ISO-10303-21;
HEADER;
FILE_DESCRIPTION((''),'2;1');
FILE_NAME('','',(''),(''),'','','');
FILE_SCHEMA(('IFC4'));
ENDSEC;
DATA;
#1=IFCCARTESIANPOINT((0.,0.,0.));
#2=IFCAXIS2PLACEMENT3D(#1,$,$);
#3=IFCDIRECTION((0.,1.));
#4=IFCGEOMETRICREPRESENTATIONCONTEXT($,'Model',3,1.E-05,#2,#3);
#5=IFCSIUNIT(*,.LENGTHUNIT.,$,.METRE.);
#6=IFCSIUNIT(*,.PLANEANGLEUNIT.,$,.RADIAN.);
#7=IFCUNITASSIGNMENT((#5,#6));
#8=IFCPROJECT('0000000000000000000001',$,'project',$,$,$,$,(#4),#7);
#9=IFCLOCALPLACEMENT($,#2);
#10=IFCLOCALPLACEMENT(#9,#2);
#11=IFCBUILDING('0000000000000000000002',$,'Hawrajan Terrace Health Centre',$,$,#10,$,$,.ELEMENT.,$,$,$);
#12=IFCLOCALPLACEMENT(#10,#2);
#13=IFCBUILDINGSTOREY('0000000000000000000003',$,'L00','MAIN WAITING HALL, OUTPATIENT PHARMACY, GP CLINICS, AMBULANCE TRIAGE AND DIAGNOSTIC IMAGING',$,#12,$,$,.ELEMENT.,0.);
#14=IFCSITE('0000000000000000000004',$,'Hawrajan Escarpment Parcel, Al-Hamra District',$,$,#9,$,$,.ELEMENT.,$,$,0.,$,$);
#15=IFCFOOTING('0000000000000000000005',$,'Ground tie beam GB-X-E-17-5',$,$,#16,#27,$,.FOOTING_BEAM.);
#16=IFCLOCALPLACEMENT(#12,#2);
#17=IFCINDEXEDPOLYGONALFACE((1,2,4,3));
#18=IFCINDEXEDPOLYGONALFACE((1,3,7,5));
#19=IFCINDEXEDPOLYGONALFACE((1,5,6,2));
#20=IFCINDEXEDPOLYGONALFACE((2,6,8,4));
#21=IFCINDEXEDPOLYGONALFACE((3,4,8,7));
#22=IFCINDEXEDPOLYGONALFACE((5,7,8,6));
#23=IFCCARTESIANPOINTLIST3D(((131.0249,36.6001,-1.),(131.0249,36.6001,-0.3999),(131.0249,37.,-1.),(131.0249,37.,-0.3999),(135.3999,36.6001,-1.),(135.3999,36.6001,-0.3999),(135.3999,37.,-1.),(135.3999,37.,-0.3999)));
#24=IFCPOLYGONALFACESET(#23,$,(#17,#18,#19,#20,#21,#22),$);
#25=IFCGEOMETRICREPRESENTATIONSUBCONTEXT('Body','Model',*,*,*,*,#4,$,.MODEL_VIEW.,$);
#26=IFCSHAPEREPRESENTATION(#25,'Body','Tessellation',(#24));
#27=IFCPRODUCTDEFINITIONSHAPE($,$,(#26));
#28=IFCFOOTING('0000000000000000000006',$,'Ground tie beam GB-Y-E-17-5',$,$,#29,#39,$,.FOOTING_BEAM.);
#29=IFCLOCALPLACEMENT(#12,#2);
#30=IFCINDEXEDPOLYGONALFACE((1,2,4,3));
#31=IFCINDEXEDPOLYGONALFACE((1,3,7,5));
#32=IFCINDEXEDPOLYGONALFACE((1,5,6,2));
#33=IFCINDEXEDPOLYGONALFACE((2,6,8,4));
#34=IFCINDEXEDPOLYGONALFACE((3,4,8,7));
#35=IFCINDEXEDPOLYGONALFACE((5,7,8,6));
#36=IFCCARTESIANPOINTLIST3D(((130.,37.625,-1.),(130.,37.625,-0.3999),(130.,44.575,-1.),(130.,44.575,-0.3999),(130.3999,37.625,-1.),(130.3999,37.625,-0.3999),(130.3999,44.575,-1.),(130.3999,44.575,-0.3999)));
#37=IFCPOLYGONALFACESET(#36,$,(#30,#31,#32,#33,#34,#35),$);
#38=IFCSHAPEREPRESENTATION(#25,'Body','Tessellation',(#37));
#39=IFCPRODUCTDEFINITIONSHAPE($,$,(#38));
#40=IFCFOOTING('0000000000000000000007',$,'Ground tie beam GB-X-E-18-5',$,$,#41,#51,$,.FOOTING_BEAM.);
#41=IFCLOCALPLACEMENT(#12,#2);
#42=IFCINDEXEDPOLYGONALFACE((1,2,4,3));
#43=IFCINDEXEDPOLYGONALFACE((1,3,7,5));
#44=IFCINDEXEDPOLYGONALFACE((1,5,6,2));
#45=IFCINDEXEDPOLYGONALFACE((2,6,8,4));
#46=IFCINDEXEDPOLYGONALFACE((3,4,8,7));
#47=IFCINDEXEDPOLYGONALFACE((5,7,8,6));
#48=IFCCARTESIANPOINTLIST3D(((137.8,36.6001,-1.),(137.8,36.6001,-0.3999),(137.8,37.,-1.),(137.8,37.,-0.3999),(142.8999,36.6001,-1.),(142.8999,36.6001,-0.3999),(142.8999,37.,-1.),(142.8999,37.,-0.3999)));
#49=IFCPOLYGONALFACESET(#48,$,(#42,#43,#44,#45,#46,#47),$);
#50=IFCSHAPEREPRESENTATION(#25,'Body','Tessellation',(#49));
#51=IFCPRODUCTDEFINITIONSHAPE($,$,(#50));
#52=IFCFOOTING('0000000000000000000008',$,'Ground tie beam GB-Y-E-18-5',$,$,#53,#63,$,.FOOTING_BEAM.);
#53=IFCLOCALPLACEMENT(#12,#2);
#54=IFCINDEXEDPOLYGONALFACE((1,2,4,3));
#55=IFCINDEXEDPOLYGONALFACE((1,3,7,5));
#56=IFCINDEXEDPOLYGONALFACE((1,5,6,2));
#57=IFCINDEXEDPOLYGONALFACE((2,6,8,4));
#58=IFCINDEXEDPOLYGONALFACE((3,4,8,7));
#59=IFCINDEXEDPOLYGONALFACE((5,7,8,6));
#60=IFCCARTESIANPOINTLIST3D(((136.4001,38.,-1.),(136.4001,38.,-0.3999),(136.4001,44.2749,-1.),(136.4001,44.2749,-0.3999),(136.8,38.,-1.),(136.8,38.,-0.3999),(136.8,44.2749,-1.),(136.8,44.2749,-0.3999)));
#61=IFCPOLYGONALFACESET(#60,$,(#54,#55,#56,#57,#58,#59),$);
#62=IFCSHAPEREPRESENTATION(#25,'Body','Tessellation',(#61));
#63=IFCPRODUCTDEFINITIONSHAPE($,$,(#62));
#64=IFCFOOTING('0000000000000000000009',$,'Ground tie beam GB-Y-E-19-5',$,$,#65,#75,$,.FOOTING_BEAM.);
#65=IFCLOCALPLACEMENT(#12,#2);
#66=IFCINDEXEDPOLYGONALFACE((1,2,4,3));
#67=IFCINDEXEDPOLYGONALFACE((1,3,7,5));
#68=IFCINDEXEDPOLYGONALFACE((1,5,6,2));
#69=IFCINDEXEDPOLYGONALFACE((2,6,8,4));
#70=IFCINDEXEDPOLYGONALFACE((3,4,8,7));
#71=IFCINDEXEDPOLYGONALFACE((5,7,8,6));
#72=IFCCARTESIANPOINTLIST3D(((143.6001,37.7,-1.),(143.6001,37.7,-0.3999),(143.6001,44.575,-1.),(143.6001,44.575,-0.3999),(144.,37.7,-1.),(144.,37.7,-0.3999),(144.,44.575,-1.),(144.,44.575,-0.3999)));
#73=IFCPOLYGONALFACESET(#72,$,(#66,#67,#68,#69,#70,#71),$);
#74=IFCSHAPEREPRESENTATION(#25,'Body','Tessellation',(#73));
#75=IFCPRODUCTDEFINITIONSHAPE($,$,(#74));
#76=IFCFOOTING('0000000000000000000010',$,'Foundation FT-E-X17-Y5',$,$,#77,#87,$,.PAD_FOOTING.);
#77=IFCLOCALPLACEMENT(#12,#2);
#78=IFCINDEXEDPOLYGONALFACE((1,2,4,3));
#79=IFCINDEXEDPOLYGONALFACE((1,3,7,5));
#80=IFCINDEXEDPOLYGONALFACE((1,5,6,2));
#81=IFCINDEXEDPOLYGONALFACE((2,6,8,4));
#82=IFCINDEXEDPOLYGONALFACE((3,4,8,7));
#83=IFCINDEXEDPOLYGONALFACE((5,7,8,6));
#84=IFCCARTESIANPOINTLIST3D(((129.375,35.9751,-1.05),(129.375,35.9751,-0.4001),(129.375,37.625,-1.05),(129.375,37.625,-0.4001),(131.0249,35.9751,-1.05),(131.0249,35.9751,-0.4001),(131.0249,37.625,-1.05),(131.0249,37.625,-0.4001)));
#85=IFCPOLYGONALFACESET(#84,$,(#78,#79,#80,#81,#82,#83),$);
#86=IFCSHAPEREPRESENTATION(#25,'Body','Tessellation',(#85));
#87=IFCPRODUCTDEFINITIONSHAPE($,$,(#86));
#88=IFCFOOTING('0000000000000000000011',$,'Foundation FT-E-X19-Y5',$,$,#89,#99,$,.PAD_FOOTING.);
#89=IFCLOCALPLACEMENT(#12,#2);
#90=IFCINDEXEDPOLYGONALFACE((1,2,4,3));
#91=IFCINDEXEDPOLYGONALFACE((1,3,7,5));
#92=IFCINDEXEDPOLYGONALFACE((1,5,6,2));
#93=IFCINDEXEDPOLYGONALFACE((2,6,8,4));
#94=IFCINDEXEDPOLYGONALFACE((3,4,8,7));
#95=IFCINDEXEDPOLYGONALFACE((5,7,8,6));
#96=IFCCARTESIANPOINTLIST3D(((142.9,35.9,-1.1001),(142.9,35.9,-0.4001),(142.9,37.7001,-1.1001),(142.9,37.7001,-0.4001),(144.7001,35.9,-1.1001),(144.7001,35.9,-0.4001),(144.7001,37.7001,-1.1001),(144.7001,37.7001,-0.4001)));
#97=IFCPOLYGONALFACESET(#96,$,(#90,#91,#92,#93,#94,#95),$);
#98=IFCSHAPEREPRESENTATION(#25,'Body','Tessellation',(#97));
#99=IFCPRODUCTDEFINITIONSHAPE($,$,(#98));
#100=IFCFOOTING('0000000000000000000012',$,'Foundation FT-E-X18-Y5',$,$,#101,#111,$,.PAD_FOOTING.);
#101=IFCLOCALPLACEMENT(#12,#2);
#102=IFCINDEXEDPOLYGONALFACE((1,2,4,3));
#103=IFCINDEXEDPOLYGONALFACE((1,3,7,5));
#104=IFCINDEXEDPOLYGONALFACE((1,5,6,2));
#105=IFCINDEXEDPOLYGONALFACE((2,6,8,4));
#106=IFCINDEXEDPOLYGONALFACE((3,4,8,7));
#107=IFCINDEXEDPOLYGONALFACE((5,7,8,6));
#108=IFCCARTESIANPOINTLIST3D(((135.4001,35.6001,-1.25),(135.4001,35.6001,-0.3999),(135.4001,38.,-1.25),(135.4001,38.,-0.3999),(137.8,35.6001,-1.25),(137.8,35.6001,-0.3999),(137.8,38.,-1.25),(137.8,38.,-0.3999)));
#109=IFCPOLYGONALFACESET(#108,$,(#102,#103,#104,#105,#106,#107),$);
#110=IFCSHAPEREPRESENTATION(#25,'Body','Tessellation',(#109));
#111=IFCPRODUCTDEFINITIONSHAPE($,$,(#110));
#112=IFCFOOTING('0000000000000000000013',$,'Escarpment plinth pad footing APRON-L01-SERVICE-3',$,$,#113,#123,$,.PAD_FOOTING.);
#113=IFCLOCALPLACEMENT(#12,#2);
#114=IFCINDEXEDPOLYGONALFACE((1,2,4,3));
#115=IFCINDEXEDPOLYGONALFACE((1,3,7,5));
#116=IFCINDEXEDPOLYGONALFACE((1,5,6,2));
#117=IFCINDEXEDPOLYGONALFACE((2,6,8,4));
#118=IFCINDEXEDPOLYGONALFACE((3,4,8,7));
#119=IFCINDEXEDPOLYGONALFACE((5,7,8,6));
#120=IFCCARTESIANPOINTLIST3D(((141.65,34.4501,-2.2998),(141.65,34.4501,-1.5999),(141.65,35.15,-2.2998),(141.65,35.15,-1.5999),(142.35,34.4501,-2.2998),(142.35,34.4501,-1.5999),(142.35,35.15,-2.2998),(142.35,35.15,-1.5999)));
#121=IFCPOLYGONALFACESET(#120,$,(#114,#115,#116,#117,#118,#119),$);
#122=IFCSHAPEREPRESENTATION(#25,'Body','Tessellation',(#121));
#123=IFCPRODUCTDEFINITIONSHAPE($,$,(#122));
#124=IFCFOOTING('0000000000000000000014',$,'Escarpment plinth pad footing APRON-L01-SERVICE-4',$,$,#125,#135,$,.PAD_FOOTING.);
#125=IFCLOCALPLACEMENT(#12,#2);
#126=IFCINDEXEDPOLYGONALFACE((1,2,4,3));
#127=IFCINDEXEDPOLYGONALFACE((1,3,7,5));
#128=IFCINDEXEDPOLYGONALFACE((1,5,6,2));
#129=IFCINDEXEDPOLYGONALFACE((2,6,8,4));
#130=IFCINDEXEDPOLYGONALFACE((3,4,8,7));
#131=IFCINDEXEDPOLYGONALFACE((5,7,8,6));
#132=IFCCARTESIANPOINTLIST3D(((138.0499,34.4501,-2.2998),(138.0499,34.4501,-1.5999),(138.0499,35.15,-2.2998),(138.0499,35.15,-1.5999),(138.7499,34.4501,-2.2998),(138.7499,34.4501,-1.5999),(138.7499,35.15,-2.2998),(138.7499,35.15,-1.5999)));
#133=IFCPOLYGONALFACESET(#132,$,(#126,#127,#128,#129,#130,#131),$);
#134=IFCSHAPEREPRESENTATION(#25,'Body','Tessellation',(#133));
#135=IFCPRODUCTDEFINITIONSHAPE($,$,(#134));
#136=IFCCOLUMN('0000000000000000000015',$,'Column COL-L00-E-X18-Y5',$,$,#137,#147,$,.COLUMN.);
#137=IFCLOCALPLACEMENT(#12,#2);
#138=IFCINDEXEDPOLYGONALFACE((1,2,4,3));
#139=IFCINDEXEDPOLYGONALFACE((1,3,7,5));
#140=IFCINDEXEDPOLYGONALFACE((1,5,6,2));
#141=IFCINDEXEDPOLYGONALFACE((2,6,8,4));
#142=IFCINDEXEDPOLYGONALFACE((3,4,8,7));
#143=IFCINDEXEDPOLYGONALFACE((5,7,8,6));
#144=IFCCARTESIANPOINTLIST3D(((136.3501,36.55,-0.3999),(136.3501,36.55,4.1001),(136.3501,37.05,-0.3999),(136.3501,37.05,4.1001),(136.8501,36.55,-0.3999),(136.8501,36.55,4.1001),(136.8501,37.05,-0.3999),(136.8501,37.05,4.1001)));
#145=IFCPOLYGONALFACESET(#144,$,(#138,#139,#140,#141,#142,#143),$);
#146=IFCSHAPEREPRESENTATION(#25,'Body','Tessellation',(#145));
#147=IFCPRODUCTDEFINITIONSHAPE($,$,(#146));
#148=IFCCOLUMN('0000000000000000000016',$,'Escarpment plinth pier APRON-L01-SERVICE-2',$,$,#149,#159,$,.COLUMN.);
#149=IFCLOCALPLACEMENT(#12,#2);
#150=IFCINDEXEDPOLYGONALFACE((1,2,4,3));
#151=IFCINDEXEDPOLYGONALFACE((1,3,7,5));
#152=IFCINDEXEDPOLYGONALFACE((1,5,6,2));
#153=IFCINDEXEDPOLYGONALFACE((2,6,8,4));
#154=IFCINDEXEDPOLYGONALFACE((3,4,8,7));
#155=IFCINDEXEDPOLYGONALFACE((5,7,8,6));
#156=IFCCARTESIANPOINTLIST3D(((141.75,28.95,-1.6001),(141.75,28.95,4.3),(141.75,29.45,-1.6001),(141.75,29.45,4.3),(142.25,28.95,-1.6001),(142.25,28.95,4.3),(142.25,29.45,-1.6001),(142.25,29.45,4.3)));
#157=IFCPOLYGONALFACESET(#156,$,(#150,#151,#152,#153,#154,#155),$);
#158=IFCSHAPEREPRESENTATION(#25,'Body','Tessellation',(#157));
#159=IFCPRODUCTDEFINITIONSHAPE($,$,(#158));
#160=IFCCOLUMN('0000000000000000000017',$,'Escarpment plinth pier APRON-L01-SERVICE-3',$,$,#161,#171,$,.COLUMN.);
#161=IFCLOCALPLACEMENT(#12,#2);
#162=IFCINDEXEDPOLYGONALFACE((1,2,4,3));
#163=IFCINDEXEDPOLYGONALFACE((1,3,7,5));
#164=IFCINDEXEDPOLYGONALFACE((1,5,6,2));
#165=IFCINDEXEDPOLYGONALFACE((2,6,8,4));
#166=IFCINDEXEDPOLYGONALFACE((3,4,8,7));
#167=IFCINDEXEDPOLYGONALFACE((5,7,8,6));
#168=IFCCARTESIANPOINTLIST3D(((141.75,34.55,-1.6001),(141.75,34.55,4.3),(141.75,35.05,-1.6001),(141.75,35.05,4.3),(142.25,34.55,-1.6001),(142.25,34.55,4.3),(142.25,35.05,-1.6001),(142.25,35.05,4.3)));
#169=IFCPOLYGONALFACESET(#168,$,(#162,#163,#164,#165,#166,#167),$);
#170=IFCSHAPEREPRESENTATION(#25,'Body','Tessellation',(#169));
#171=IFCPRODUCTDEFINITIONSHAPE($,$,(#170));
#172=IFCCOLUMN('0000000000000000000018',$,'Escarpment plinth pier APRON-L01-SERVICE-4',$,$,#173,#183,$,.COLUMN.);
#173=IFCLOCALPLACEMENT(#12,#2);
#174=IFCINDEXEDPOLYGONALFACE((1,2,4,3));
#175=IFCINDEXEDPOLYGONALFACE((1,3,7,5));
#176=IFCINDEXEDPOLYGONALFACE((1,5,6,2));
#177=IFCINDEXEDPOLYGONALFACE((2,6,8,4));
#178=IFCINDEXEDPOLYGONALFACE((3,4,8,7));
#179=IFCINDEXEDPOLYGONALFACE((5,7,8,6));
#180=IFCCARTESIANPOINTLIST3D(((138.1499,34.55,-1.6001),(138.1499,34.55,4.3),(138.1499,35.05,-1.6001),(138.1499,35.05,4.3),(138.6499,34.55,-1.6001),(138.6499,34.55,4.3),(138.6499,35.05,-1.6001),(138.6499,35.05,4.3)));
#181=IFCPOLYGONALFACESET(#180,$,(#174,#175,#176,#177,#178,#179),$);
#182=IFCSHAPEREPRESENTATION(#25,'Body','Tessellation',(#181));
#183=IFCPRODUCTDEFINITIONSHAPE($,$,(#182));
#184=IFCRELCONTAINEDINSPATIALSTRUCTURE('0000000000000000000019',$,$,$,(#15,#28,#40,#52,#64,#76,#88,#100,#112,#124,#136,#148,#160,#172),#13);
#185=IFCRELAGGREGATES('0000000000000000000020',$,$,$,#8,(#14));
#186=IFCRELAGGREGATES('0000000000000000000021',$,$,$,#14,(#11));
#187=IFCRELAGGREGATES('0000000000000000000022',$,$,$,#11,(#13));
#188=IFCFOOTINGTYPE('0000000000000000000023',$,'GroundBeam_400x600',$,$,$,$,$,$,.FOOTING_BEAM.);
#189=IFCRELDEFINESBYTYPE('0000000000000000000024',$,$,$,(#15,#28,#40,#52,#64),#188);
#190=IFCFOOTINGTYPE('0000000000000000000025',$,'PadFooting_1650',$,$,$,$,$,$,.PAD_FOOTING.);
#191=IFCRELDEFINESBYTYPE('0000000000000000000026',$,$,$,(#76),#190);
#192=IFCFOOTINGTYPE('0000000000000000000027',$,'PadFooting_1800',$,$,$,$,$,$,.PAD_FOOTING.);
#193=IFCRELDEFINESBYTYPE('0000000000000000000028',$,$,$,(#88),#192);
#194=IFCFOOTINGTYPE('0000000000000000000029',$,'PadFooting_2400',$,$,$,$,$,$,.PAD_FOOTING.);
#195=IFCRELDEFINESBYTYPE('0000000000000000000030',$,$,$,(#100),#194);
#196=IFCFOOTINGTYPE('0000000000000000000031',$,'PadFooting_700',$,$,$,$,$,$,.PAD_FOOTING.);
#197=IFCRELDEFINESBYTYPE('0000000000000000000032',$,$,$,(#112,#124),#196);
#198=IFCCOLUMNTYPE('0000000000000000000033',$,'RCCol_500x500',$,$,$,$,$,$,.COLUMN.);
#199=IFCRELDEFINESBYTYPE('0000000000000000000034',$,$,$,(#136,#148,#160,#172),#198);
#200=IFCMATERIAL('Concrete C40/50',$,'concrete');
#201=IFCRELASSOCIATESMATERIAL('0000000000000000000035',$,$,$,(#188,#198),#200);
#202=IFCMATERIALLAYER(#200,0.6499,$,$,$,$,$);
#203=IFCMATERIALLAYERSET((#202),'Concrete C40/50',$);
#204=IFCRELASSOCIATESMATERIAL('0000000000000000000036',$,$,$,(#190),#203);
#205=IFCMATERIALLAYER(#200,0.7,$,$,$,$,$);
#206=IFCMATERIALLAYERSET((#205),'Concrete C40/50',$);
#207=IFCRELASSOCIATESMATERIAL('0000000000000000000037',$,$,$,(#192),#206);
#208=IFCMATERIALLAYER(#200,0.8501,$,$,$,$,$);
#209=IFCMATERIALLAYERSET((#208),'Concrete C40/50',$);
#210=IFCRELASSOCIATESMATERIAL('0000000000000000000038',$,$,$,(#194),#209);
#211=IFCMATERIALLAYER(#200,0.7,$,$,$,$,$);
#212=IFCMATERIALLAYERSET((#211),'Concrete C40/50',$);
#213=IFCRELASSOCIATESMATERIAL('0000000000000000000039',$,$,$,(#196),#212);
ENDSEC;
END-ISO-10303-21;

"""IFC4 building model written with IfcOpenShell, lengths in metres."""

from ifc_helpers import new_model, si_unit, direction, frame, origin, origin_2d, place, context, subcontext, project, spatial, rectangle, extrude, material, layer, layer_set, material_profile, profile_set, type_object, element, save


model = new_model("IFC4")

# Units and contexts
model_context = context("Model", 3, precision=1e-05, world=origin(), true_north=direction((0.0, 1.0)))
body_context = subcontext(model_context, "Body", "Model", "MODEL_VIEW")
ifc_project = project(units=[si_unit("LENGTHUNIT", "METRE"), si_unit("PLANEANGLEUNIT", "RADIAN")], contexts=[model_context])

# Site, building, storey
site_placement = place(None, origin())
site = spatial("IfcSite", under=ifc_project, at=site_placement, Name="Hawrajan Escarpment Parcel, Al-Hamra District", CompositionType="ELEMENT", RefElevation=0.0)
building_placement = place(site_placement, origin())
building = spatial("IfcBuilding", under=site, at=building_placement, Name="Hawrajan Terrace Health Centre", CompositionType="ELEMENT")
storey_placement = place(building_placement, origin())
storey = spatial("IfcBuildingStorey", under=building, at=storey_placement, Name="L00", Description="MAIN WAITING HALL, OUTPATIENT PHARMACY, GP CLINICS, AMBULANCE TRIAGE AND DIAGNOSTIC IMAGING", CompositionType="ELEMENT", Elevation=0.0)

# Footings
ifc_material_1 = material(Name="Concrete C40/50", Category="concrete")
ifc_material_profile_1 = material_profile(ifc_material_1, rectangle(XDim=0.3999, YDim=0.6001, at=origin_2d()), Name="RC BM 400x600")
ifc_profile_set_1 = profile_set([ifc_material_profile_1], Name="Concrete C40/50")
footing_type_1 = type_object("IfcFootingType", Name="GroundBeam_400x600", PredefinedType="FOOTING_BEAM", material=ifc_profile_set_1)
footing_1_placement = place(storey_placement, frame((131.0249, 36.8, -0.7), z_axis=(1.0, 0.0, 0.0), x_axis=(0.0, 1.0, 0.0)))
element("IfcFooting", 1, at=footing_1_placement, inside=storey, type_object=footing_type_1, Name="Ground tie beam GB-X-E-17-5", PredefinedType="FOOTING_BEAM", context=body_context, shape_type="SweptSolid", body=[
    extrude(rectangle(XDim=0.3999, YDim=0.6001, at=origin_2d()), origin(), (0.0, 0.0, 1.0), 4.375),
])
footing_2_placement = place(storey_placement, frame((130.2, 37.625, -0.7), z_axis=(0.0, 1.0, 0.0), x_axis=(-1.0, 0.0, 0.0)))
element("IfcFooting", 2, at=footing_2_placement, inside=storey, type_object=footing_type_1, Name="Ground tie beam GB-Y-E-17-5", PredefinedType="FOOTING_BEAM", context=body_context, shape_type="SweptSolid", body=[
    extrude(rectangle(XDim=0.3999, YDim=0.6001, at=origin_2d()), origin(), (0.0, 0.0, 1.0), 6.95),
])
footing_3_placement = place(storey_placement, frame((137.8, 36.8, -0.7), z_axis=(1.0, 0.0, 0.0), x_axis=(0.0, 1.0, 0.0)))
element("IfcFooting", 3, at=footing_3_placement, inside=storey, type_object=footing_type_1, Name="Ground tie beam GB-X-E-18-5", PredefinedType="FOOTING_BEAM", context=body_context, shape_type="SweptSolid", body=[
    extrude(rectangle(XDim=0.3999, YDim=0.6001, at=origin_2d()), origin(), (0.0, 0.0, 1.0), 5.0999),
])
footing_4_placement = place(storey_placement, frame((136.6001, 38.0, -0.7), z_axis=(0.0, 1.0, 0.0), x_axis=(-1.0, 0.0, 0.0)))
element("IfcFooting", 4, at=footing_4_placement, inside=storey, type_object=footing_type_1, Name="Ground tie beam GB-Y-E-18-5", PredefinedType="FOOTING_BEAM", context=body_context, shape_type="SweptSolid", body=[
    extrude(rectangle(XDim=0.3999, YDim=0.6001, at=origin_2d()), origin(), (0.0, 0.0, 1.0), 6.2749),
])
footing_5_placement = place(storey_placement, frame((143.8, 37.7, -0.7), z_axis=(0.0, 1.0, 0.0), x_axis=(-1.0, 0.0, 0.0)))
element("IfcFooting", 5, at=footing_5_placement, inside=storey, type_object=footing_type_1, Name="Ground tie beam GB-Y-E-19-5", PredefinedType="FOOTING_BEAM", context=body_context, shape_type="SweptSolid", body=[
    extrude(rectangle(XDim=0.3999, YDim=0.6001, at=origin_2d()), origin(), (0.0, 0.0, 1.0), 6.875),
])
ifc_layer_1 = layer(ifc_material_1, 0.6499)
ifc_layer_set_1 = layer_set([ifc_layer_1], Name="Concrete C40/50")
footing_type_2 = type_object("IfcFootingType", Name="PadFooting_1650", PredefinedType="PAD_FOOTING", material=ifc_layer_set_1)
footing_6_placement = place(storey_placement, frame((130.2, 36.8, -1.05), z_axis=(0.0, 0.0, 1.0), x_axis=(1.0, 0.0, 0.0)))
element("IfcFooting", 6, at=footing_6_placement, inside=storey, type_object=footing_type_2, Name="Foundation FT-E-X17-Y5", PredefinedType="PAD_FOOTING", context=body_context, shape_type="SweptSolid", body=[
    extrude(rectangle(XDim=1.6499, YDim=1.6499, at=origin_2d()), origin(), (0.0, 0.0, 1.0), 0.6499),
])
ifc_layer_2 = layer(ifc_material_1, 0.7)
ifc_layer_set_2 = layer_set([ifc_layer_2], Name="Concrete C40/50")
footing_type_3 = type_object("IfcFootingType", Name="PadFooting_1800", PredefinedType="PAD_FOOTING", material=ifc_layer_set_2)
footing_7_placement = place(storey_placement, frame((143.8, 36.8, -1.1001), z_axis=(0.0, 0.0, 1.0), x_axis=(1.0, 0.0, 0.0)))
element("IfcFooting", 7, at=footing_7_placement, inside=storey, type_object=footing_type_3, Name="Foundation FT-E-X19-Y5", PredefinedType="PAD_FOOTING", context=body_context, shape_type="SweptSolid", body=[
    extrude(rectangle(XDim=1.8, YDim=1.8, at=origin_2d()), origin(), (0.0, 0.0, 1.0), 0.7),
])
ifc_layer_3 = layer(ifc_material_1, 0.8501)
ifc_layer_set_3 = layer_set([ifc_layer_3], Name="Concrete C40/50")
footing_type_4 = type_object("IfcFootingType", Name="PadFooting_2400", PredefinedType="PAD_FOOTING", material=ifc_layer_set_3)
footing_8_placement = place(storey_placement, frame((136.6001, 36.8, -1.25), z_axis=(0.0, 0.0, 1.0), x_axis=(1.0, 0.0, 0.0)))
element("IfcFooting", 8, at=footing_8_placement, inside=storey, type_object=footing_type_4, Name="Foundation FT-E-X18-Y5", PredefinedType="PAD_FOOTING", context=body_context, shape_type="SweptSolid", body=[
    extrude(rectangle(XDim=2.3999, YDim=2.3999, at=origin_2d()), origin(), (0.0, 0.0, 1.0), 0.8501),
])
ifc_layer_4 = layer(ifc_material_1, 0.7)
ifc_layer_set_4 = layer_set([ifc_layer_4], Name="Concrete C40/50")
footing_type_5 = type_object("IfcFootingType", Name="PadFooting_700", PredefinedType="PAD_FOOTING", material=ifc_layer_set_4)
for number, where, z_axis, x_axis, name in (
    (9, (142.0, 34.8, -2.2998), (0.0, 0.0, 1.0), (1.0, 0.0, 0.0), "Escarpment plinth pad footing APRON-L01-SERVICE-3"),
    (10, (138.3999, 34.8, -2.2998), (0.0, 0.0, 1.0), (1.0, 0.0, 0.0), "Escarpment plinth pad footing APRON-L01-SERVICE-4"),
):
    element("IfcFooting", number, at=place(storey_placement, frame(where, z_axis=z_axis, x_axis=x_axis)), inside=storey, type_object=footing_type_5, Name=name, PredefinedType="PAD_FOOTING", context=body_context, shape_type="SweptSolid", body=[
        extrude(rectangle(XDim=0.7, YDim=0.7, at=origin_2d()), origin(), (0.0, 0.0, 1.0), 0.7),
    ])

# Columns
ifc_material_profile_2 = material_profile(ifc_material_1, rectangle(XDim=0.5, YDim=0.5, at=origin_2d()), Name="RC 500x500")
ifc_profile_set_2 = profile_set([ifc_material_profile_2], Name="Concrete C40/50")
column_type_1 = type_object("IfcColumnType", Name="RCCol_500x500", PredefinedType="COLUMN", material=ifc_profile_set_2)
column_placement = place(storey_placement, frame((136.6001, 36.8, -0.3999), z_axis=(0.0, 0.0, 1.0), x_axis=(1.0, 0.0, 0.0)))
element("IfcColumn", 11, at=column_placement, inside=storey, type_object=column_type_1, Name="Column COL-L00-E-X18-Y5", PredefinedType="COLUMN", context=body_context, shape_type="SweptSolid", body=[
    extrude(rectangle(XDim=0.5, YDim=0.5, at=origin_2d()), origin(), (0.0, 0.0, 1.0), 4.5),
])
for number, where, z_axis, x_axis, name in (
    (12, (142.0, 29.2, -1.6001), (0.0, 0.0, 1.0), (1.0, 0.0, 0.0), "Escarpment plinth pier APRON-L01-SERVICE-2"),
    (13, (142.0, 34.8, -1.6001), (0.0, 0.0, 1.0), (1.0, 0.0, 0.0), "Escarpment plinth pier APRON-L01-SERVICE-3"),
    (14, (138.3999, 34.8, -1.6001), (0.0, 0.0, 1.0), (1.0, 0.0, 0.0), "Escarpment plinth pier APRON-L01-SERVICE-4"),
):
    element("IfcColumn", number, at=place(storey_placement, frame(where, z_axis=z_axis, x_axis=x_axis)), inside=storey, type_object=column_type_1, Name=name, PredefinedType="COLUMN", context=body_context, shape_type="SweptSolid", body=[
        extrude(rectangle(XDim=0.5, YDim=0.5, at=origin_2d()), origin(), (0.0, 0.0, 1.0), 5.9001),
    ])

save(model, "model.ifc")
